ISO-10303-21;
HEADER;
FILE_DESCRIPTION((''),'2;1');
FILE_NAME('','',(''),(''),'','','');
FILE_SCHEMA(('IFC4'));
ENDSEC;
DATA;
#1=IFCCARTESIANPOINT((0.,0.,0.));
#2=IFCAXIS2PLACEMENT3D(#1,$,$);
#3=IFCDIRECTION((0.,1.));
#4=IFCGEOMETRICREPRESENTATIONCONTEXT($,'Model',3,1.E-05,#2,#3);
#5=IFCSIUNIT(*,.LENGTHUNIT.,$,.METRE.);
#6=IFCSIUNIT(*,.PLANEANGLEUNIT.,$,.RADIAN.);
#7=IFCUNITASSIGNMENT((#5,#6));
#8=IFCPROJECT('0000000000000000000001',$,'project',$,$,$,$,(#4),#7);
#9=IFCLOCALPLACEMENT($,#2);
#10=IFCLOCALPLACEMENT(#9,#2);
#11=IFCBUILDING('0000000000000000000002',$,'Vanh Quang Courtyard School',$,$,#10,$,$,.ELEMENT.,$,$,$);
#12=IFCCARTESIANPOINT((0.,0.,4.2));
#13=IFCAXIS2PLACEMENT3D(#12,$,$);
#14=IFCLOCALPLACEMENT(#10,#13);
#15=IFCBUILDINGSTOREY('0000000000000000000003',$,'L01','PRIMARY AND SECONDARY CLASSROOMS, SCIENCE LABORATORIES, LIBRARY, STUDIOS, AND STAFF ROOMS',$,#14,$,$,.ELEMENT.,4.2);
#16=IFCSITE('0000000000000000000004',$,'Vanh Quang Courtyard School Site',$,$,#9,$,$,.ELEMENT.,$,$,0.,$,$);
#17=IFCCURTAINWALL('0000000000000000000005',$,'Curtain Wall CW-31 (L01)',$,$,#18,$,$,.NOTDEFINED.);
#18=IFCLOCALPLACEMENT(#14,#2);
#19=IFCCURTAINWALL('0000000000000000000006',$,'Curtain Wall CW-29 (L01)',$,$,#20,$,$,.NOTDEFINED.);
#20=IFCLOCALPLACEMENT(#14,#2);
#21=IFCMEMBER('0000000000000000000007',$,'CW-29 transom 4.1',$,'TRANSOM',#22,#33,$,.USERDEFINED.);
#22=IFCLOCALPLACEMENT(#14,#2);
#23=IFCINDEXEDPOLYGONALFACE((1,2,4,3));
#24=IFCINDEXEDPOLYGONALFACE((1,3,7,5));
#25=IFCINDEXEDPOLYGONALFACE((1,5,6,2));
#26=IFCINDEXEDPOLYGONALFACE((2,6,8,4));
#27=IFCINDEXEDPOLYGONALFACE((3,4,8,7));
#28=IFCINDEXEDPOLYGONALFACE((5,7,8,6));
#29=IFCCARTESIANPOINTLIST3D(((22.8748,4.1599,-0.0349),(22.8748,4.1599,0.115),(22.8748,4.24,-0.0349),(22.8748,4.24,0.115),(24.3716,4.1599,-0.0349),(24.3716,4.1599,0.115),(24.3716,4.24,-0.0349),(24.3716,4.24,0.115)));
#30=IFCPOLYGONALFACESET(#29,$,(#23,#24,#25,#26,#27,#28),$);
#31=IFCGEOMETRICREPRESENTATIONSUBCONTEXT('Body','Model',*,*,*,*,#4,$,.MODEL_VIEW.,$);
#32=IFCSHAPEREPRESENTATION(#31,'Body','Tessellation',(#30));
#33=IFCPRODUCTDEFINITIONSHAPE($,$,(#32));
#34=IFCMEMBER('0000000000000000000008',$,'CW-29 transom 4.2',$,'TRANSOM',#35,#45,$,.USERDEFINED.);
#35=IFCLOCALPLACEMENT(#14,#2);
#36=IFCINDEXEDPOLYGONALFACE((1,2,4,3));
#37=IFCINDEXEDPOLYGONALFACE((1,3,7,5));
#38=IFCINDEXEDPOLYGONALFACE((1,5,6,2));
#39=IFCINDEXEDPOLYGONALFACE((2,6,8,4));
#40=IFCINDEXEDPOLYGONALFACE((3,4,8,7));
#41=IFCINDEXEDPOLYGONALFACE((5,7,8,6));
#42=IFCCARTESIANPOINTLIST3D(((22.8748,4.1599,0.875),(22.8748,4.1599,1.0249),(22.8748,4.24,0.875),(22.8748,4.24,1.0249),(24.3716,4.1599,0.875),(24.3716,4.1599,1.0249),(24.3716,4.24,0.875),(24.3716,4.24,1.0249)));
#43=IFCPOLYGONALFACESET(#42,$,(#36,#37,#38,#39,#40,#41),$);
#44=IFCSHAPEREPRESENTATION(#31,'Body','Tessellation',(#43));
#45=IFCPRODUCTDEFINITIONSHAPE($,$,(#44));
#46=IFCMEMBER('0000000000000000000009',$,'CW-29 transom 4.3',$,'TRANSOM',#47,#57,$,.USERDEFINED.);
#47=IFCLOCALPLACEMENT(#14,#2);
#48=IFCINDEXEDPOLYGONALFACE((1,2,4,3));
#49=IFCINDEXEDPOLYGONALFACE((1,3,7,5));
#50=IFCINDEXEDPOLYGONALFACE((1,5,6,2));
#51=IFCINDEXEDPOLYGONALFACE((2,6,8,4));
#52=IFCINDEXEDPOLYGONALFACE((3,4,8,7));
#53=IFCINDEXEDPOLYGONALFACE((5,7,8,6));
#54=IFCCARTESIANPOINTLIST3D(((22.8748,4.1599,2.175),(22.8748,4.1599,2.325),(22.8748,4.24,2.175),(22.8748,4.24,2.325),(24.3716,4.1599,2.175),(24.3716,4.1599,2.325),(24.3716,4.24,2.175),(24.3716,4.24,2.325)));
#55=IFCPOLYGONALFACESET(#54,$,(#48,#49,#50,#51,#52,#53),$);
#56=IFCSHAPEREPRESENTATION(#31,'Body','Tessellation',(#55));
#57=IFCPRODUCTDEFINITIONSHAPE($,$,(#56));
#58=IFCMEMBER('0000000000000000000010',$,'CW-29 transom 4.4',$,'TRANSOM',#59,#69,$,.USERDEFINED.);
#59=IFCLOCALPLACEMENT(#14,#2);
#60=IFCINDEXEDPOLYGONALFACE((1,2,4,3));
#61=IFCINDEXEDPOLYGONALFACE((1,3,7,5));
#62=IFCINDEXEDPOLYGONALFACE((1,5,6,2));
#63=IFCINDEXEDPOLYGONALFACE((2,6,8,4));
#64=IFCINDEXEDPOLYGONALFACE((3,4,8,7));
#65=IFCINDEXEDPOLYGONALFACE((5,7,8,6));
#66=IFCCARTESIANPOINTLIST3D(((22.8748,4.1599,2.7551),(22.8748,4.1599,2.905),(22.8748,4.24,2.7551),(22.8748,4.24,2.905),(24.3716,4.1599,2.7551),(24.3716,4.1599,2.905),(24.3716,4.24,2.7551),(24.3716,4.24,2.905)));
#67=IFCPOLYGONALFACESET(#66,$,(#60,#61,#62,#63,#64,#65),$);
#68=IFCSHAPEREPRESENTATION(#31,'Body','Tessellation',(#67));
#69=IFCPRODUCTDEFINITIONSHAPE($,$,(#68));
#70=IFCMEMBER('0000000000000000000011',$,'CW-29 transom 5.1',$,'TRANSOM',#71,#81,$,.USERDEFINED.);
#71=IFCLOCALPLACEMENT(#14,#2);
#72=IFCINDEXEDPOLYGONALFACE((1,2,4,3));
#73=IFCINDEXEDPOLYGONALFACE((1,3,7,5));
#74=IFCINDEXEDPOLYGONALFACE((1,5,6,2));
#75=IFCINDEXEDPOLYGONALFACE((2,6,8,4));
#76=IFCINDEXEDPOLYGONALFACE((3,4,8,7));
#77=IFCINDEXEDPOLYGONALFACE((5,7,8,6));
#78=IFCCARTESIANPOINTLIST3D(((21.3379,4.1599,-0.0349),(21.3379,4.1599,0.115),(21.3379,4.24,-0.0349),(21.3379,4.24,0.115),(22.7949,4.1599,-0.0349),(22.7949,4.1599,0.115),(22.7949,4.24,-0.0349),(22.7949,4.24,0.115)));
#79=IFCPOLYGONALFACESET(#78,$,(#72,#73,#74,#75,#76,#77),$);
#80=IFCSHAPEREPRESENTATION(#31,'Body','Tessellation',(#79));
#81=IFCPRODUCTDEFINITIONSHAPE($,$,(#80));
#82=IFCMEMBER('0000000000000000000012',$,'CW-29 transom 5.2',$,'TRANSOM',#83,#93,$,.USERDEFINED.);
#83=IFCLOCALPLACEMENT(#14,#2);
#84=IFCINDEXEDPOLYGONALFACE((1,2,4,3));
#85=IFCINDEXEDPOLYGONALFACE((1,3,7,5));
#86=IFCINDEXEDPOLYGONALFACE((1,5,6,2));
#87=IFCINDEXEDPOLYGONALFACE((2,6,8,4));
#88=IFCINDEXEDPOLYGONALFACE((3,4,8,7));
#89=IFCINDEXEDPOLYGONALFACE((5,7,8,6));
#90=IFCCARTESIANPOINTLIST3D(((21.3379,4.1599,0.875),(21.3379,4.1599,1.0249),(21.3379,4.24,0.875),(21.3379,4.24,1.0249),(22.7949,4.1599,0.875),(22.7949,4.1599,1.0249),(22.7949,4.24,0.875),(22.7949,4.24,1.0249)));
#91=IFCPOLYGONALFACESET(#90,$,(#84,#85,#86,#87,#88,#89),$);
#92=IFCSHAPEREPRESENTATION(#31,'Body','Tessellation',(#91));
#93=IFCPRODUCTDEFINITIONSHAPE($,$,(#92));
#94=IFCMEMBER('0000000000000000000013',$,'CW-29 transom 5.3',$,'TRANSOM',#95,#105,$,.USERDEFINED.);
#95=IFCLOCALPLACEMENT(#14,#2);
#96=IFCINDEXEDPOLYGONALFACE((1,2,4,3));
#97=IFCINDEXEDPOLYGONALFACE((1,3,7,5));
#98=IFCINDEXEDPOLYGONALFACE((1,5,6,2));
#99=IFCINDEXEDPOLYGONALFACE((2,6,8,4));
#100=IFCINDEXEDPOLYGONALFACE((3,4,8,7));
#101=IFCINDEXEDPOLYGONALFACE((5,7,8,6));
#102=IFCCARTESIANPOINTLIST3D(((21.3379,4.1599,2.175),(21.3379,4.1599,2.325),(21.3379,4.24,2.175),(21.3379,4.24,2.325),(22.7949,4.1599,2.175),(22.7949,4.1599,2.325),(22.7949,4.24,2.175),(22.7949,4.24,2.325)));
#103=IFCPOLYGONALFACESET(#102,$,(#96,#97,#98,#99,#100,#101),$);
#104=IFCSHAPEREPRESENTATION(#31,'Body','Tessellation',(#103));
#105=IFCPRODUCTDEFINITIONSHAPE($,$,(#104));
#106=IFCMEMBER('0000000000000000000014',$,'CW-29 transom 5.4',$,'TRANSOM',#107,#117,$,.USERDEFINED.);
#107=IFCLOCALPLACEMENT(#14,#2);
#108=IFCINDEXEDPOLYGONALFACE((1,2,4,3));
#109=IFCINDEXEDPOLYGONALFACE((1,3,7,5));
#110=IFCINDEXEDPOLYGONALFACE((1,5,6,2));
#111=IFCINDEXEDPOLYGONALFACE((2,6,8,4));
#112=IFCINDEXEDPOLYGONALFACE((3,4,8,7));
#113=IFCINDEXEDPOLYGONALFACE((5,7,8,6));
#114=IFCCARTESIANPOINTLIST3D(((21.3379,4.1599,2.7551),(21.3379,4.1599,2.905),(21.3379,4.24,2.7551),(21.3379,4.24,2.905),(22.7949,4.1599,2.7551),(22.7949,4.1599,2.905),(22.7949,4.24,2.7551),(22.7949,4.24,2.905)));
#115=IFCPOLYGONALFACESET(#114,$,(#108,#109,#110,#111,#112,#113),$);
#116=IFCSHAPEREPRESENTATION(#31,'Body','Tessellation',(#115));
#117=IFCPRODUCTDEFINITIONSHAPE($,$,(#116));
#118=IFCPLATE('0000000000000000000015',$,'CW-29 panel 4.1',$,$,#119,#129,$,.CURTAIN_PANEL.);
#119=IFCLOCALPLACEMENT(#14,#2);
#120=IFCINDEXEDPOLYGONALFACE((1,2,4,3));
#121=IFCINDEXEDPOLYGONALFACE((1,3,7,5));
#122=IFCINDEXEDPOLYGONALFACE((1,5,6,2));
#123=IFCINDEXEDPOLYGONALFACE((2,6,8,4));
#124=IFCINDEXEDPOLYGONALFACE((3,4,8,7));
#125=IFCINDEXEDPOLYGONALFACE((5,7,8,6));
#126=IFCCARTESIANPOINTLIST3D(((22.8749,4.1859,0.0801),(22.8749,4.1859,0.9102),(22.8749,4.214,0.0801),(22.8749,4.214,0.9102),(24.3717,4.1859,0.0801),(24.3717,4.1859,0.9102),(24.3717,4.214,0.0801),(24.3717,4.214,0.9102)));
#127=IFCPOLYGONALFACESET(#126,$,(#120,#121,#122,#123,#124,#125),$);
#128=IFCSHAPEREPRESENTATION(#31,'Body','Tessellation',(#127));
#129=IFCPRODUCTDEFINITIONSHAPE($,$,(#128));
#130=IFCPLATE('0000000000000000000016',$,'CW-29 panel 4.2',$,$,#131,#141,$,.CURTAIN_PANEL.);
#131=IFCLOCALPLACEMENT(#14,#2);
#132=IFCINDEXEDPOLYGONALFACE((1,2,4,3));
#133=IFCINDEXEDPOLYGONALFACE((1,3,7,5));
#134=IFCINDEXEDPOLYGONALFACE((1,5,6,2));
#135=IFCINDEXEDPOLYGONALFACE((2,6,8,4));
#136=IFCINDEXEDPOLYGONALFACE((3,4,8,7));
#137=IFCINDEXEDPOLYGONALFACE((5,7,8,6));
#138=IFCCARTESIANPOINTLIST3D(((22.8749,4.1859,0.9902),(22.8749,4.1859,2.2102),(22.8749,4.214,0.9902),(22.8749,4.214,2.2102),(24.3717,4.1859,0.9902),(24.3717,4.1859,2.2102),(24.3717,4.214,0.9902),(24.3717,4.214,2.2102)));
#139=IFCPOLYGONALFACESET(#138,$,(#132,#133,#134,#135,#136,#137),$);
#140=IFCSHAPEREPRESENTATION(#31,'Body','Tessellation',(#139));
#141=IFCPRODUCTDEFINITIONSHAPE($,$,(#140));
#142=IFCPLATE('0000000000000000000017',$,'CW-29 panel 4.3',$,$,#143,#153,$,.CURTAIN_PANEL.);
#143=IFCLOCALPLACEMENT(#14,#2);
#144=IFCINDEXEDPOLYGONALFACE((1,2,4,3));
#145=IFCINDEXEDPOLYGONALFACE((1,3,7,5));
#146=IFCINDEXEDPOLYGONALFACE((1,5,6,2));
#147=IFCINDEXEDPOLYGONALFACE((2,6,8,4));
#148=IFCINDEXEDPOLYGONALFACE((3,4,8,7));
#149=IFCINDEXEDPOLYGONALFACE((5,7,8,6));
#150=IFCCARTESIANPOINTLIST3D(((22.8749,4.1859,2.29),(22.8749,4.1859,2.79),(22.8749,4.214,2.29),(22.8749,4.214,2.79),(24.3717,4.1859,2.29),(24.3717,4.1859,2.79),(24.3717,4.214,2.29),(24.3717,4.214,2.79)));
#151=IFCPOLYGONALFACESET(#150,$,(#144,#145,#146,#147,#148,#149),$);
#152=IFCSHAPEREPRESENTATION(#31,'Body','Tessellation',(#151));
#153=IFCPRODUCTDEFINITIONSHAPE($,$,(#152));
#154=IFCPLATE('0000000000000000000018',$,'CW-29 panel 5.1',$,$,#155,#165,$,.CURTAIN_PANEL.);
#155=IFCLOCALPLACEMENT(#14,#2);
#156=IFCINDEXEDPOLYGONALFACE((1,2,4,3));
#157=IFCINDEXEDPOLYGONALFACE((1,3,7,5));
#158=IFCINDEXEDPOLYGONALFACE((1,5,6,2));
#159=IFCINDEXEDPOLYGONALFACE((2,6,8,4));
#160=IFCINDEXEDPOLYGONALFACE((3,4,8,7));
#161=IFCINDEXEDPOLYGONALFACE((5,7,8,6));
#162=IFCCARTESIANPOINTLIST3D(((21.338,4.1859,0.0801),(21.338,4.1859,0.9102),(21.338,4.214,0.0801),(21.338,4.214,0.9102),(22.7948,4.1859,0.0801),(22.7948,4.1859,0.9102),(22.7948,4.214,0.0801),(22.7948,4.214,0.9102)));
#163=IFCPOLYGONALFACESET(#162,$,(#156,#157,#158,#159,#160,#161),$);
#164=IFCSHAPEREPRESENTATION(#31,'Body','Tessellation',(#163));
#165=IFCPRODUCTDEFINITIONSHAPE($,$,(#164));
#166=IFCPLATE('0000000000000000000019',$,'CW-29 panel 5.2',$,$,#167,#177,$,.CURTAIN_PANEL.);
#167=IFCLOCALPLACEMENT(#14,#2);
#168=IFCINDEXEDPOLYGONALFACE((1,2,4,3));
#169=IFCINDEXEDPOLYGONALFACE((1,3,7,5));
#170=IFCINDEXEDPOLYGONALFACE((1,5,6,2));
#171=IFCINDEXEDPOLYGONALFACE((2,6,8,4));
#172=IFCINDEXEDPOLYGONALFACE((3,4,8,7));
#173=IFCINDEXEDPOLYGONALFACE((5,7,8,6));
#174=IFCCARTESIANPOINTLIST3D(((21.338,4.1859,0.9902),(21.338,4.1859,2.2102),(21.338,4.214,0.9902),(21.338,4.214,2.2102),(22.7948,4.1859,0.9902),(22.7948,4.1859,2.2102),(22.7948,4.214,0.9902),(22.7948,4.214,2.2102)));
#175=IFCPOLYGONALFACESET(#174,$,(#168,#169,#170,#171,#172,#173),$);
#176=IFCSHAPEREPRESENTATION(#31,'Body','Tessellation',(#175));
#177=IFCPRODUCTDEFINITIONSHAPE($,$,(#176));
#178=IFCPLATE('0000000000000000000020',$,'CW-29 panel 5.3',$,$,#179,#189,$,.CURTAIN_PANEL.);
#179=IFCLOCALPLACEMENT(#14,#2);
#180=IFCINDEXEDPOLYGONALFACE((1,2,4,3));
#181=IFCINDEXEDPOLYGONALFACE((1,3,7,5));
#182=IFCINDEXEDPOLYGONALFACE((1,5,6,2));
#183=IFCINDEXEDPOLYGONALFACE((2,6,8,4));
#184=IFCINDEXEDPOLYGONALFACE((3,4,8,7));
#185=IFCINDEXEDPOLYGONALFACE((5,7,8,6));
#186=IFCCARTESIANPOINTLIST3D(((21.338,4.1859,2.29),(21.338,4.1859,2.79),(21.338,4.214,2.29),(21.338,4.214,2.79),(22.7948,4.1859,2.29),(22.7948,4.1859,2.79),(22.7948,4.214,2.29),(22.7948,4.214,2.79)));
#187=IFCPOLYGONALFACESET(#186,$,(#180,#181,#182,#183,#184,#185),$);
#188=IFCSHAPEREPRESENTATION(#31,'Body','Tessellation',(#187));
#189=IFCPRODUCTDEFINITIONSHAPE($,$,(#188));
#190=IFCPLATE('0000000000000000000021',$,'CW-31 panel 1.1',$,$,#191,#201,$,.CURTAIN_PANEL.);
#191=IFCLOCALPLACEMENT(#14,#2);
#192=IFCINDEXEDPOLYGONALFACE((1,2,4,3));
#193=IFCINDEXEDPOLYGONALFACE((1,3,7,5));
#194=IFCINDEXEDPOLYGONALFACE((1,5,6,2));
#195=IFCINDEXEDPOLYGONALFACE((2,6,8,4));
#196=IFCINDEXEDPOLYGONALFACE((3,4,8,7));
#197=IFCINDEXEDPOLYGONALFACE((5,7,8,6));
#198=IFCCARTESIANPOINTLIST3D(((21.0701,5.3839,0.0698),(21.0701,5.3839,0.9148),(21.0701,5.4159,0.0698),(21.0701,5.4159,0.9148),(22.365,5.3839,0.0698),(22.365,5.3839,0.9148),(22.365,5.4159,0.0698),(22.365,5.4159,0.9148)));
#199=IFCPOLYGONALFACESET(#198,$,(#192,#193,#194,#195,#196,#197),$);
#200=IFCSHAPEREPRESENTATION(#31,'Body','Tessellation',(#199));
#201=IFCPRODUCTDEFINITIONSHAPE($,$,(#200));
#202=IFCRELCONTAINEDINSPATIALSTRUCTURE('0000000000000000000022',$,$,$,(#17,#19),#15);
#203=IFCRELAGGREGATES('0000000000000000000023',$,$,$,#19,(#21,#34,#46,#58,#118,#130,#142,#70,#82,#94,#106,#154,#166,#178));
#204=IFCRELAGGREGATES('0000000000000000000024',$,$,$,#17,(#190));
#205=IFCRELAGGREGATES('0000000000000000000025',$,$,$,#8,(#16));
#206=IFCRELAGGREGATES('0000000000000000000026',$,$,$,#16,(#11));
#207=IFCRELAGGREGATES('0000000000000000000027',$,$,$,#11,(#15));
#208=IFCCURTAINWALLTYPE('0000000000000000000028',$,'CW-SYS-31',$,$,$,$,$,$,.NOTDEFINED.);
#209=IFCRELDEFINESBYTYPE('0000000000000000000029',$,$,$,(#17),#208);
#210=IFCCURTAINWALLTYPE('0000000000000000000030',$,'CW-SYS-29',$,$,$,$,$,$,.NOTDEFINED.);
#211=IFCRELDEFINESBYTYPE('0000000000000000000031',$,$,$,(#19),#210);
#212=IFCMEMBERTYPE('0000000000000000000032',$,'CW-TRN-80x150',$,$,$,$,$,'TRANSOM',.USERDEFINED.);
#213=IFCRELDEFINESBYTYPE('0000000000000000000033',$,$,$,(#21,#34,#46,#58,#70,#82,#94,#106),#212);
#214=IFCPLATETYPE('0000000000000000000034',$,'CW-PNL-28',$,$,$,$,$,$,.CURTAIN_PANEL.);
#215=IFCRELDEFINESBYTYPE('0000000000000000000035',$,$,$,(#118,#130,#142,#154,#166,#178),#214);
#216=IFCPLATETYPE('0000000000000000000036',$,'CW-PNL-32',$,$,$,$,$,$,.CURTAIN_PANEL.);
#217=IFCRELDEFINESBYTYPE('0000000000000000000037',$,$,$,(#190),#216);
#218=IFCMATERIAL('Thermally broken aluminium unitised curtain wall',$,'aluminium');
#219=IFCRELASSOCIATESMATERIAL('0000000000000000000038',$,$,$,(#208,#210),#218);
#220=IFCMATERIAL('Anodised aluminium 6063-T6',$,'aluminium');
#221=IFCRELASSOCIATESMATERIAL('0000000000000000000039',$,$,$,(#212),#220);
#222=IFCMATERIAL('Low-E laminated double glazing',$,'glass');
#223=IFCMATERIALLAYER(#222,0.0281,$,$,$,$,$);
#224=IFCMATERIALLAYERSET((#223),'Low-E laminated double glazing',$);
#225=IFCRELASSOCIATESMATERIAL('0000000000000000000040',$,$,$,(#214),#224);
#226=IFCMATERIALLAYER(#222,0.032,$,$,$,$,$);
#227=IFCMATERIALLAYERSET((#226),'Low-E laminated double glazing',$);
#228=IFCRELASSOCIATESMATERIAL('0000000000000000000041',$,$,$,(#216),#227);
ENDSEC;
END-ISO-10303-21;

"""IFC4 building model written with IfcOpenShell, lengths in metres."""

from ifc_helpers import new_model, si_unit, direction, frame, origin, origin_2d, place, context, subcontext, project, spatial, rectangle, extrude, material, layer, layer_set, material_profile, profile_set, type_object, element, aggregate, save


model = new_model("IFC4")

# Units and contexts
model_context = context("Model", 3, precision=1e-05, world=origin(), true_north=direction((0.0, 1.0)))
body_context = subcontext(model_context, "Body", "Model", "MODEL_VIEW")
ifc_project = project(units=[si_unit("LENGTHUNIT", "METRE"), si_unit("PLANEANGLEUNIT", "RADIAN")], contexts=[model_context])

# Site, building, storey
site_placement = place(None, origin())
site = spatial("IfcSite", under=ifc_project, at=site_placement, Name="Vanh Quang Courtyard School Site", CompositionType="ELEMENT", RefElevation=0.0)
building_placement = place(site_placement, origin())
building = spatial("IfcBuilding", under=site, at=building_placement, Name="Vanh Quang Courtyard School", CompositionType="ELEMENT")
storey_placement = place(building_placement, frame((0.0, 0.0, 4.2)))
storey = spatial("IfcBuildingStorey", under=building, at=storey_placement, Name="L01", Description="PRIMARY AND SECONDARY CLASSROOMS, SCIENCE LABORATORIES, LIBRARY, STUDIOS, AND STAFF ROOMS", CompositionType="ELEMENT", Elevation=4.2)

# Curtain walls
ifc_material_1 = material(Name="Thermally broken aluminium unitised curtain wall", Category="aluminium")
curtain_wall_type_1 = type_object("IfcCurtainWallType", Name="CW-SYS-31", PredefinedType="NOTDEFINED", material=ifc_material_1)
curtain_wall_1_placement = place(storey_placement, origin())
curtain_wall_1 = element("IfcCurtainWall", 1, at=curtain_wall_1_placement, inside=storey, type_object=curtain_wall_type_1, Name="Curtain Wall CW-31 (L01)", PredefinedType="NOTDEFINED")
ifc_material_2 = material(Name="Anodised aluminium 6063-T6", Category="aluminium")
curtain_wall_type_2 = type_object("IfcCurtainWallType", Name="CW-SYS-29", PredefinedType="NOTDEFINED", material=ifc_material_1)
curtain_wall_2_placement = place(storey_placement, origin())
curtain_wall_2 = element("IfcCurtainWall", 2, at=curtain_wall_2_placement, inside=storey, type_object=curtain_wall_type_2, Name="Curtain Wall CW-29 (L01)", PredefinedType="NOTDEFINED")

# Members
ifc_material_profile_1 = material_profile(ifc_material_2, rectangle(XDim=0.0801, YDim=0.1499, at=origin_2d()), Name="ALU-TRN 80x150")
ifc_profile_set_1 = profile_set([ifc_material_profile_1], Name="Anodised aluminium 6063-T6")
member_type_1 = type_object("IfcMemberType", Name="CW-TRN-80x150", ElementType="TRANSOM", PredefinedType="USERDEFINED", material=ifc_profile_set_1)
member_1_placement = place(storey_placement, frame((24.3716, 4.2, 0.04), z_axis=(-1.0, 0.0, 0.0), x_axis=(0.0, -1.0, 0.0)))
member_1 = element("IfcMember", 3, at=member_1_placement, type_object=member_type_1, Name="CW-29 transom 4.1", ObjectType="TRANSOM", PredefinedType="USERDEFINED", context=body_context, shape_type="SweptSolid", body=[
    extrude(rectangle(XDim=0.0801, YDim=0.1499, at=origin_2d()), origin(), (0.0, 0.0, 1.0), 1.4968),
])
member_2_placement = place(storey_placement, frame((24.3716, 4.2, 0.95), z_axis=(-1.0, 0.0, 0.0), x_axis=(0.0, -1.0, 0.0)))
member_2 = element("IfcMember", 4, at=member_2_placement, type_object=member_type_1, Name="CW-29 transom 4.2", ObjectType="TRANSOM", PredefinedType="USERDEFINED", context=body_context, shape_type="SweptSolid", body=[
    extrude(rectangle(XDim=0.0801, YDim=0.1499, at=origin_2d()), origin(), (0.0, 0.0, 1.0), 1.4968),
])
member_3_placement = place(storey_placement, frame((24.3716, 4.2, 2.25), z_axis=(-1.0, 0.0, 0.0), x_axis=(0.0, -1.0, 0.0)))
member_3 = element("IfcMember", 5, at=member_3_placement, type_object=member_type_1, Name="CW-29 transom 4.3", ObjectType="TRANSOM", PredefinedType="USERDEFINED", context=body_context, shape_type="SweptSolid", body=[
    extrude(rectangle(XDim=0.0801, YDim=0.1499, at=origin_2d()), origin(), (0.0, 0.0, 1.0), 1.4968),
])
member_4_placement = place(storey_placement, frame((24.3716, 4.2, 2.8301), z_axis=(-1.0, 0.0, 0.0), x_axis=(0.0, -1.0, 0.0)))
member_4 = element("IfcMember", 6, at=member_4_placement, type_object=member_type_1, Name="CW-29 transom 4.4", ObjectType="TRANSOM", PredefinedType="USERDEFINED", context=body_context, shape_type="SweptSolid", body=[
    extrude(rectangle(XDim=0.0801, YDim=0.1499, at=origin_2d()), origin(), (0.0, 0.0, 1.0), 1.4968),
])
member_5_placement = place(storey_placement, frame((22.7949, 4.2, 0.04), z_axis=(-1.0, 0.0, 0.0), x_axis=(0.0, -1.0, 0.0)))
member_5 = element("IfcMember", 7, at=member_5_placement, type_object=member_type_1, Name="CW-29 transom 5.1", ObjectType="TRANSOM", PredefinedType="USERDEFINED", context=body_context, shape_type="SweptSolid", body=[
    extrude(rectangle(XDim=0.0801, YDim=0.1499, at=origin_2d()), origin(), (0.0, 0.0, 1.0), 1.457),
])
member_6_placement = place(storey_placement, frame((22.7949, 4.2, 0.95), z_axis=(-1.0, 0.0, 0.0), x_axis=(0.0, -1.0, 0.0)))
member_6 = element("IfcMember", 8, at=member_6_placement, type_object=member_type_1, Name="CW-29 transom 5.2", ObjectType="TRANSOM", PredefinedType="USERDEFINED", context=body_context, shape_type="SweptSolid", body=[
    extrude(rectangle(XDim=0.0801, YDim=0.1499, at=origin_2d()), origin(), (0.0, 0.0, 1.0), 1.457),
])
member_7_placement = place(storey_placement, frame((22.7949, 4.2, 2.25), z_axis=(-1.0, 0.0, 0.0), x_axis=(0.0, -1.0, 0.0)))
member_7 = element("IfcMember", 9, at=member_7_placement, type_object=member_type_1, Name="CW-29 transom 5.3", ObjectType="TRANSOM", PredefinedType="USERDEFINED", context=body_context, shape_type="SweptSolid", body=[
    extrude(rectangle(XDim=0.0801, YDim=0.1499, at=origin_2d()), origin(), (0.0, 0.0, 1.0), 1.457),
])
member_8_placement = place(storey_placement, frame((22.7949, 4.2, 2.8301), z_axis=(-1.0, 0.0, 0.0), x_axis=(0.0, -1.0, 0.0)))
member_8 = element("IfcMember", 10, at=member_8_placement, type_object=member_type_1, Name="CW-29 transom 5.4", ObjectType="TRANSOM", PredefinedType="USERDEFINED", context=body_context, shape_type="SweptSolid", body=[
    extrude(rectangle(XDim=0.0801, YDim=0.1499, at=origin_2d()), origin(), (0.0, 0.0, 1.0), 1.457),
])

# Plates
ifc_material_3 = material(Name="Low-E laminated double glazing", Category="glass")
ifc_layer_1 = layer(ifc_material_3, 0.0281)
ifc_layer_set_1 = layer_set([ifc_layer_1], Name="Low-E laminated double glazing")
plate_type_1 = type_object("IfcPlateType", Name="CW-PNL-28", PredefinedType="CURTAIN_PANEL", material=ifc_layer_set_1)
plate_1_placement = place(storey_placement, frame((23.6233, 4.2, 0.0801), z_axis=(0.0, 0.0, 1.0), x_axis=(-1.0, 0.0, 0.0)))
plate_1 = element("IfcPlate", 11, at=plate_1_placement, type_object=plate_type_1, Name="CW-29 panel 4.1", PredefinedType="CURTAIN_PANEL", context=body_context, shape_type="SweptSolid", body=[
    extrude(rectangle(XDim=1.4968, YDim=0.0281, at=origin_2d()), origin(), (0.0, 0.0, 1.0), 0.8301),
])
plate_2_placement = place(storey_placement, frame((23.6233, 4.2, 0.9902), z_axis=(0.0, 0.0, 1.0), x_axis=(-1.0, 0.0, 0.0)))
plate_2 = element("IfcPlate", 12, at=plate_2_placement, type_object=plate_type_1, Name="CW-29 panel 4.2", PredefinedType="CURTAIN_PANEL", context=body_context, shape_type="SweptSolid", body=[
    extrude(rectangle(XDim=1.4968, YDim=0.0281, at=origin_2d()), origin(), (0.0, 0.0, 1.0), 1.22),
])
plate_3_placement = place(storey_placement, frame((23.6233, 4.2, 2.29), z_axis=(0.0, 0.0, 1.0), x_axis=(-1.0, 0.0, 0.0)))
plate_3 = element("IfcPlate", 13, at=plate_3_placement, type_object=plate_type_1, Name="CW-29 panel 4.3", PredefinedType="CURTAIN_PANEL", context=body_context, shape_type="SweptSolid", body=[
    extrude(rectangle(XDim=1.4968, YDim=0.0281, at=origin_2d()), origin(), (0.0, 0.0, 1.0), 0.5),
])
plate_4_placement = place(storey_placement, frame((22.0664, 4.2, 0.0801), z_axis=(0.0, 0.0, 1.0), x_axis=(-1.0, 0.0, 0.0)))
plate_4 = element("IfcPlate", 14, at=plate_4_placement, type_object=plate_type_1, Name="CW-29 panel 5.1", PredefinedType="CURTAIN_PANEL", context=body_context, shape_type="SweptSolid", body=[
    extrude(rectangle(XDim=1.4568, YDim=0.0281, at=origin_2d()), origin(), (0.0, 0.0, 1.0), 0.8301),
])
plate_5_placement = place(storey_placement, frame((22.0664, 4.2, 0.9902), z_axis=(0.0, 0.0, 1.0), x_axis=(-1.0, 0.0, 0.0)))
plate_5 = element("IfcPlate", 15, at=plate_5_placement, type_object=plate_type_1, Name="CW-29 panel 5.2", PredefinedType="CURTAIN_PANEL", context=body_context, shape_type="SweptSolid", body=[
    extrude(rectangle(XDim=1.4568, YDim=0.0281, at=origin_2d()), origin(), (0.0, 0.0, 1.0), 1.22),
])
plate_6_placement = place(storey_placement, frame((22.0664, 4.2, 2.29), z_axis=(0.0, 0.0, 1.0), x_axis=(-1.0, 0.0, 0.0)))
plate_6 = element("IfcPlate", 16, at=plate_6_placement, type_object=plate_type_1, Name="CW-29 panel 5.3", PredefinedType="CURTAIN_PANEL", context=body_context, shape_type="SweptSolid", body=[
    extrude(rectangle(XDim=1.4568, YDim=0.0281, at=origin_2d()), origin(), (0.0, 0.0, 1.0), 0.5),
])
aggregate(curtain_wall_2, [member_1, member_2, member_3, member_4, plate_1, plate_2, plate_3, member_5, member_6, member_7, member_8, plate_4, plate_5, plate_6])
ifc_layer_2 = layer(ifc_material_3, 0.032)
ifc_layer_set_2 = layer_set([ifc_layer_2], Name="Low-E laminated double glazing")
plate_type_2 = type_object("IfcPlateType", Name="CW-PNL-32", PredefinedType="CURTAIN_PANEL", material=ifc_layer_set_2)
plate_7_placement = place(storey_placement, frame((21.7175, 5.3999, 0.0698), z_axis=(0.0, 0.0, 1.0), x_axis=(1.0, 0.0, 0.0)))
plate_7 = element("IfcPlate", 17, at=plate_7_placement, type_object=plate_type_2, Name="CW-31 panel 1.1", PredefinedType="CURTAIN_PANEL", context=body_context, shape_type="SweptSolid", body=[
    extrude(rectangle(XDim=1.2949, YDim=0.032, at=origin_2d()), origin(), (0.0, 0.0, 1.0), 0.845),
])
aggregate(curtain_wall_1, [plate_7])

save(model, "model.ifc")
